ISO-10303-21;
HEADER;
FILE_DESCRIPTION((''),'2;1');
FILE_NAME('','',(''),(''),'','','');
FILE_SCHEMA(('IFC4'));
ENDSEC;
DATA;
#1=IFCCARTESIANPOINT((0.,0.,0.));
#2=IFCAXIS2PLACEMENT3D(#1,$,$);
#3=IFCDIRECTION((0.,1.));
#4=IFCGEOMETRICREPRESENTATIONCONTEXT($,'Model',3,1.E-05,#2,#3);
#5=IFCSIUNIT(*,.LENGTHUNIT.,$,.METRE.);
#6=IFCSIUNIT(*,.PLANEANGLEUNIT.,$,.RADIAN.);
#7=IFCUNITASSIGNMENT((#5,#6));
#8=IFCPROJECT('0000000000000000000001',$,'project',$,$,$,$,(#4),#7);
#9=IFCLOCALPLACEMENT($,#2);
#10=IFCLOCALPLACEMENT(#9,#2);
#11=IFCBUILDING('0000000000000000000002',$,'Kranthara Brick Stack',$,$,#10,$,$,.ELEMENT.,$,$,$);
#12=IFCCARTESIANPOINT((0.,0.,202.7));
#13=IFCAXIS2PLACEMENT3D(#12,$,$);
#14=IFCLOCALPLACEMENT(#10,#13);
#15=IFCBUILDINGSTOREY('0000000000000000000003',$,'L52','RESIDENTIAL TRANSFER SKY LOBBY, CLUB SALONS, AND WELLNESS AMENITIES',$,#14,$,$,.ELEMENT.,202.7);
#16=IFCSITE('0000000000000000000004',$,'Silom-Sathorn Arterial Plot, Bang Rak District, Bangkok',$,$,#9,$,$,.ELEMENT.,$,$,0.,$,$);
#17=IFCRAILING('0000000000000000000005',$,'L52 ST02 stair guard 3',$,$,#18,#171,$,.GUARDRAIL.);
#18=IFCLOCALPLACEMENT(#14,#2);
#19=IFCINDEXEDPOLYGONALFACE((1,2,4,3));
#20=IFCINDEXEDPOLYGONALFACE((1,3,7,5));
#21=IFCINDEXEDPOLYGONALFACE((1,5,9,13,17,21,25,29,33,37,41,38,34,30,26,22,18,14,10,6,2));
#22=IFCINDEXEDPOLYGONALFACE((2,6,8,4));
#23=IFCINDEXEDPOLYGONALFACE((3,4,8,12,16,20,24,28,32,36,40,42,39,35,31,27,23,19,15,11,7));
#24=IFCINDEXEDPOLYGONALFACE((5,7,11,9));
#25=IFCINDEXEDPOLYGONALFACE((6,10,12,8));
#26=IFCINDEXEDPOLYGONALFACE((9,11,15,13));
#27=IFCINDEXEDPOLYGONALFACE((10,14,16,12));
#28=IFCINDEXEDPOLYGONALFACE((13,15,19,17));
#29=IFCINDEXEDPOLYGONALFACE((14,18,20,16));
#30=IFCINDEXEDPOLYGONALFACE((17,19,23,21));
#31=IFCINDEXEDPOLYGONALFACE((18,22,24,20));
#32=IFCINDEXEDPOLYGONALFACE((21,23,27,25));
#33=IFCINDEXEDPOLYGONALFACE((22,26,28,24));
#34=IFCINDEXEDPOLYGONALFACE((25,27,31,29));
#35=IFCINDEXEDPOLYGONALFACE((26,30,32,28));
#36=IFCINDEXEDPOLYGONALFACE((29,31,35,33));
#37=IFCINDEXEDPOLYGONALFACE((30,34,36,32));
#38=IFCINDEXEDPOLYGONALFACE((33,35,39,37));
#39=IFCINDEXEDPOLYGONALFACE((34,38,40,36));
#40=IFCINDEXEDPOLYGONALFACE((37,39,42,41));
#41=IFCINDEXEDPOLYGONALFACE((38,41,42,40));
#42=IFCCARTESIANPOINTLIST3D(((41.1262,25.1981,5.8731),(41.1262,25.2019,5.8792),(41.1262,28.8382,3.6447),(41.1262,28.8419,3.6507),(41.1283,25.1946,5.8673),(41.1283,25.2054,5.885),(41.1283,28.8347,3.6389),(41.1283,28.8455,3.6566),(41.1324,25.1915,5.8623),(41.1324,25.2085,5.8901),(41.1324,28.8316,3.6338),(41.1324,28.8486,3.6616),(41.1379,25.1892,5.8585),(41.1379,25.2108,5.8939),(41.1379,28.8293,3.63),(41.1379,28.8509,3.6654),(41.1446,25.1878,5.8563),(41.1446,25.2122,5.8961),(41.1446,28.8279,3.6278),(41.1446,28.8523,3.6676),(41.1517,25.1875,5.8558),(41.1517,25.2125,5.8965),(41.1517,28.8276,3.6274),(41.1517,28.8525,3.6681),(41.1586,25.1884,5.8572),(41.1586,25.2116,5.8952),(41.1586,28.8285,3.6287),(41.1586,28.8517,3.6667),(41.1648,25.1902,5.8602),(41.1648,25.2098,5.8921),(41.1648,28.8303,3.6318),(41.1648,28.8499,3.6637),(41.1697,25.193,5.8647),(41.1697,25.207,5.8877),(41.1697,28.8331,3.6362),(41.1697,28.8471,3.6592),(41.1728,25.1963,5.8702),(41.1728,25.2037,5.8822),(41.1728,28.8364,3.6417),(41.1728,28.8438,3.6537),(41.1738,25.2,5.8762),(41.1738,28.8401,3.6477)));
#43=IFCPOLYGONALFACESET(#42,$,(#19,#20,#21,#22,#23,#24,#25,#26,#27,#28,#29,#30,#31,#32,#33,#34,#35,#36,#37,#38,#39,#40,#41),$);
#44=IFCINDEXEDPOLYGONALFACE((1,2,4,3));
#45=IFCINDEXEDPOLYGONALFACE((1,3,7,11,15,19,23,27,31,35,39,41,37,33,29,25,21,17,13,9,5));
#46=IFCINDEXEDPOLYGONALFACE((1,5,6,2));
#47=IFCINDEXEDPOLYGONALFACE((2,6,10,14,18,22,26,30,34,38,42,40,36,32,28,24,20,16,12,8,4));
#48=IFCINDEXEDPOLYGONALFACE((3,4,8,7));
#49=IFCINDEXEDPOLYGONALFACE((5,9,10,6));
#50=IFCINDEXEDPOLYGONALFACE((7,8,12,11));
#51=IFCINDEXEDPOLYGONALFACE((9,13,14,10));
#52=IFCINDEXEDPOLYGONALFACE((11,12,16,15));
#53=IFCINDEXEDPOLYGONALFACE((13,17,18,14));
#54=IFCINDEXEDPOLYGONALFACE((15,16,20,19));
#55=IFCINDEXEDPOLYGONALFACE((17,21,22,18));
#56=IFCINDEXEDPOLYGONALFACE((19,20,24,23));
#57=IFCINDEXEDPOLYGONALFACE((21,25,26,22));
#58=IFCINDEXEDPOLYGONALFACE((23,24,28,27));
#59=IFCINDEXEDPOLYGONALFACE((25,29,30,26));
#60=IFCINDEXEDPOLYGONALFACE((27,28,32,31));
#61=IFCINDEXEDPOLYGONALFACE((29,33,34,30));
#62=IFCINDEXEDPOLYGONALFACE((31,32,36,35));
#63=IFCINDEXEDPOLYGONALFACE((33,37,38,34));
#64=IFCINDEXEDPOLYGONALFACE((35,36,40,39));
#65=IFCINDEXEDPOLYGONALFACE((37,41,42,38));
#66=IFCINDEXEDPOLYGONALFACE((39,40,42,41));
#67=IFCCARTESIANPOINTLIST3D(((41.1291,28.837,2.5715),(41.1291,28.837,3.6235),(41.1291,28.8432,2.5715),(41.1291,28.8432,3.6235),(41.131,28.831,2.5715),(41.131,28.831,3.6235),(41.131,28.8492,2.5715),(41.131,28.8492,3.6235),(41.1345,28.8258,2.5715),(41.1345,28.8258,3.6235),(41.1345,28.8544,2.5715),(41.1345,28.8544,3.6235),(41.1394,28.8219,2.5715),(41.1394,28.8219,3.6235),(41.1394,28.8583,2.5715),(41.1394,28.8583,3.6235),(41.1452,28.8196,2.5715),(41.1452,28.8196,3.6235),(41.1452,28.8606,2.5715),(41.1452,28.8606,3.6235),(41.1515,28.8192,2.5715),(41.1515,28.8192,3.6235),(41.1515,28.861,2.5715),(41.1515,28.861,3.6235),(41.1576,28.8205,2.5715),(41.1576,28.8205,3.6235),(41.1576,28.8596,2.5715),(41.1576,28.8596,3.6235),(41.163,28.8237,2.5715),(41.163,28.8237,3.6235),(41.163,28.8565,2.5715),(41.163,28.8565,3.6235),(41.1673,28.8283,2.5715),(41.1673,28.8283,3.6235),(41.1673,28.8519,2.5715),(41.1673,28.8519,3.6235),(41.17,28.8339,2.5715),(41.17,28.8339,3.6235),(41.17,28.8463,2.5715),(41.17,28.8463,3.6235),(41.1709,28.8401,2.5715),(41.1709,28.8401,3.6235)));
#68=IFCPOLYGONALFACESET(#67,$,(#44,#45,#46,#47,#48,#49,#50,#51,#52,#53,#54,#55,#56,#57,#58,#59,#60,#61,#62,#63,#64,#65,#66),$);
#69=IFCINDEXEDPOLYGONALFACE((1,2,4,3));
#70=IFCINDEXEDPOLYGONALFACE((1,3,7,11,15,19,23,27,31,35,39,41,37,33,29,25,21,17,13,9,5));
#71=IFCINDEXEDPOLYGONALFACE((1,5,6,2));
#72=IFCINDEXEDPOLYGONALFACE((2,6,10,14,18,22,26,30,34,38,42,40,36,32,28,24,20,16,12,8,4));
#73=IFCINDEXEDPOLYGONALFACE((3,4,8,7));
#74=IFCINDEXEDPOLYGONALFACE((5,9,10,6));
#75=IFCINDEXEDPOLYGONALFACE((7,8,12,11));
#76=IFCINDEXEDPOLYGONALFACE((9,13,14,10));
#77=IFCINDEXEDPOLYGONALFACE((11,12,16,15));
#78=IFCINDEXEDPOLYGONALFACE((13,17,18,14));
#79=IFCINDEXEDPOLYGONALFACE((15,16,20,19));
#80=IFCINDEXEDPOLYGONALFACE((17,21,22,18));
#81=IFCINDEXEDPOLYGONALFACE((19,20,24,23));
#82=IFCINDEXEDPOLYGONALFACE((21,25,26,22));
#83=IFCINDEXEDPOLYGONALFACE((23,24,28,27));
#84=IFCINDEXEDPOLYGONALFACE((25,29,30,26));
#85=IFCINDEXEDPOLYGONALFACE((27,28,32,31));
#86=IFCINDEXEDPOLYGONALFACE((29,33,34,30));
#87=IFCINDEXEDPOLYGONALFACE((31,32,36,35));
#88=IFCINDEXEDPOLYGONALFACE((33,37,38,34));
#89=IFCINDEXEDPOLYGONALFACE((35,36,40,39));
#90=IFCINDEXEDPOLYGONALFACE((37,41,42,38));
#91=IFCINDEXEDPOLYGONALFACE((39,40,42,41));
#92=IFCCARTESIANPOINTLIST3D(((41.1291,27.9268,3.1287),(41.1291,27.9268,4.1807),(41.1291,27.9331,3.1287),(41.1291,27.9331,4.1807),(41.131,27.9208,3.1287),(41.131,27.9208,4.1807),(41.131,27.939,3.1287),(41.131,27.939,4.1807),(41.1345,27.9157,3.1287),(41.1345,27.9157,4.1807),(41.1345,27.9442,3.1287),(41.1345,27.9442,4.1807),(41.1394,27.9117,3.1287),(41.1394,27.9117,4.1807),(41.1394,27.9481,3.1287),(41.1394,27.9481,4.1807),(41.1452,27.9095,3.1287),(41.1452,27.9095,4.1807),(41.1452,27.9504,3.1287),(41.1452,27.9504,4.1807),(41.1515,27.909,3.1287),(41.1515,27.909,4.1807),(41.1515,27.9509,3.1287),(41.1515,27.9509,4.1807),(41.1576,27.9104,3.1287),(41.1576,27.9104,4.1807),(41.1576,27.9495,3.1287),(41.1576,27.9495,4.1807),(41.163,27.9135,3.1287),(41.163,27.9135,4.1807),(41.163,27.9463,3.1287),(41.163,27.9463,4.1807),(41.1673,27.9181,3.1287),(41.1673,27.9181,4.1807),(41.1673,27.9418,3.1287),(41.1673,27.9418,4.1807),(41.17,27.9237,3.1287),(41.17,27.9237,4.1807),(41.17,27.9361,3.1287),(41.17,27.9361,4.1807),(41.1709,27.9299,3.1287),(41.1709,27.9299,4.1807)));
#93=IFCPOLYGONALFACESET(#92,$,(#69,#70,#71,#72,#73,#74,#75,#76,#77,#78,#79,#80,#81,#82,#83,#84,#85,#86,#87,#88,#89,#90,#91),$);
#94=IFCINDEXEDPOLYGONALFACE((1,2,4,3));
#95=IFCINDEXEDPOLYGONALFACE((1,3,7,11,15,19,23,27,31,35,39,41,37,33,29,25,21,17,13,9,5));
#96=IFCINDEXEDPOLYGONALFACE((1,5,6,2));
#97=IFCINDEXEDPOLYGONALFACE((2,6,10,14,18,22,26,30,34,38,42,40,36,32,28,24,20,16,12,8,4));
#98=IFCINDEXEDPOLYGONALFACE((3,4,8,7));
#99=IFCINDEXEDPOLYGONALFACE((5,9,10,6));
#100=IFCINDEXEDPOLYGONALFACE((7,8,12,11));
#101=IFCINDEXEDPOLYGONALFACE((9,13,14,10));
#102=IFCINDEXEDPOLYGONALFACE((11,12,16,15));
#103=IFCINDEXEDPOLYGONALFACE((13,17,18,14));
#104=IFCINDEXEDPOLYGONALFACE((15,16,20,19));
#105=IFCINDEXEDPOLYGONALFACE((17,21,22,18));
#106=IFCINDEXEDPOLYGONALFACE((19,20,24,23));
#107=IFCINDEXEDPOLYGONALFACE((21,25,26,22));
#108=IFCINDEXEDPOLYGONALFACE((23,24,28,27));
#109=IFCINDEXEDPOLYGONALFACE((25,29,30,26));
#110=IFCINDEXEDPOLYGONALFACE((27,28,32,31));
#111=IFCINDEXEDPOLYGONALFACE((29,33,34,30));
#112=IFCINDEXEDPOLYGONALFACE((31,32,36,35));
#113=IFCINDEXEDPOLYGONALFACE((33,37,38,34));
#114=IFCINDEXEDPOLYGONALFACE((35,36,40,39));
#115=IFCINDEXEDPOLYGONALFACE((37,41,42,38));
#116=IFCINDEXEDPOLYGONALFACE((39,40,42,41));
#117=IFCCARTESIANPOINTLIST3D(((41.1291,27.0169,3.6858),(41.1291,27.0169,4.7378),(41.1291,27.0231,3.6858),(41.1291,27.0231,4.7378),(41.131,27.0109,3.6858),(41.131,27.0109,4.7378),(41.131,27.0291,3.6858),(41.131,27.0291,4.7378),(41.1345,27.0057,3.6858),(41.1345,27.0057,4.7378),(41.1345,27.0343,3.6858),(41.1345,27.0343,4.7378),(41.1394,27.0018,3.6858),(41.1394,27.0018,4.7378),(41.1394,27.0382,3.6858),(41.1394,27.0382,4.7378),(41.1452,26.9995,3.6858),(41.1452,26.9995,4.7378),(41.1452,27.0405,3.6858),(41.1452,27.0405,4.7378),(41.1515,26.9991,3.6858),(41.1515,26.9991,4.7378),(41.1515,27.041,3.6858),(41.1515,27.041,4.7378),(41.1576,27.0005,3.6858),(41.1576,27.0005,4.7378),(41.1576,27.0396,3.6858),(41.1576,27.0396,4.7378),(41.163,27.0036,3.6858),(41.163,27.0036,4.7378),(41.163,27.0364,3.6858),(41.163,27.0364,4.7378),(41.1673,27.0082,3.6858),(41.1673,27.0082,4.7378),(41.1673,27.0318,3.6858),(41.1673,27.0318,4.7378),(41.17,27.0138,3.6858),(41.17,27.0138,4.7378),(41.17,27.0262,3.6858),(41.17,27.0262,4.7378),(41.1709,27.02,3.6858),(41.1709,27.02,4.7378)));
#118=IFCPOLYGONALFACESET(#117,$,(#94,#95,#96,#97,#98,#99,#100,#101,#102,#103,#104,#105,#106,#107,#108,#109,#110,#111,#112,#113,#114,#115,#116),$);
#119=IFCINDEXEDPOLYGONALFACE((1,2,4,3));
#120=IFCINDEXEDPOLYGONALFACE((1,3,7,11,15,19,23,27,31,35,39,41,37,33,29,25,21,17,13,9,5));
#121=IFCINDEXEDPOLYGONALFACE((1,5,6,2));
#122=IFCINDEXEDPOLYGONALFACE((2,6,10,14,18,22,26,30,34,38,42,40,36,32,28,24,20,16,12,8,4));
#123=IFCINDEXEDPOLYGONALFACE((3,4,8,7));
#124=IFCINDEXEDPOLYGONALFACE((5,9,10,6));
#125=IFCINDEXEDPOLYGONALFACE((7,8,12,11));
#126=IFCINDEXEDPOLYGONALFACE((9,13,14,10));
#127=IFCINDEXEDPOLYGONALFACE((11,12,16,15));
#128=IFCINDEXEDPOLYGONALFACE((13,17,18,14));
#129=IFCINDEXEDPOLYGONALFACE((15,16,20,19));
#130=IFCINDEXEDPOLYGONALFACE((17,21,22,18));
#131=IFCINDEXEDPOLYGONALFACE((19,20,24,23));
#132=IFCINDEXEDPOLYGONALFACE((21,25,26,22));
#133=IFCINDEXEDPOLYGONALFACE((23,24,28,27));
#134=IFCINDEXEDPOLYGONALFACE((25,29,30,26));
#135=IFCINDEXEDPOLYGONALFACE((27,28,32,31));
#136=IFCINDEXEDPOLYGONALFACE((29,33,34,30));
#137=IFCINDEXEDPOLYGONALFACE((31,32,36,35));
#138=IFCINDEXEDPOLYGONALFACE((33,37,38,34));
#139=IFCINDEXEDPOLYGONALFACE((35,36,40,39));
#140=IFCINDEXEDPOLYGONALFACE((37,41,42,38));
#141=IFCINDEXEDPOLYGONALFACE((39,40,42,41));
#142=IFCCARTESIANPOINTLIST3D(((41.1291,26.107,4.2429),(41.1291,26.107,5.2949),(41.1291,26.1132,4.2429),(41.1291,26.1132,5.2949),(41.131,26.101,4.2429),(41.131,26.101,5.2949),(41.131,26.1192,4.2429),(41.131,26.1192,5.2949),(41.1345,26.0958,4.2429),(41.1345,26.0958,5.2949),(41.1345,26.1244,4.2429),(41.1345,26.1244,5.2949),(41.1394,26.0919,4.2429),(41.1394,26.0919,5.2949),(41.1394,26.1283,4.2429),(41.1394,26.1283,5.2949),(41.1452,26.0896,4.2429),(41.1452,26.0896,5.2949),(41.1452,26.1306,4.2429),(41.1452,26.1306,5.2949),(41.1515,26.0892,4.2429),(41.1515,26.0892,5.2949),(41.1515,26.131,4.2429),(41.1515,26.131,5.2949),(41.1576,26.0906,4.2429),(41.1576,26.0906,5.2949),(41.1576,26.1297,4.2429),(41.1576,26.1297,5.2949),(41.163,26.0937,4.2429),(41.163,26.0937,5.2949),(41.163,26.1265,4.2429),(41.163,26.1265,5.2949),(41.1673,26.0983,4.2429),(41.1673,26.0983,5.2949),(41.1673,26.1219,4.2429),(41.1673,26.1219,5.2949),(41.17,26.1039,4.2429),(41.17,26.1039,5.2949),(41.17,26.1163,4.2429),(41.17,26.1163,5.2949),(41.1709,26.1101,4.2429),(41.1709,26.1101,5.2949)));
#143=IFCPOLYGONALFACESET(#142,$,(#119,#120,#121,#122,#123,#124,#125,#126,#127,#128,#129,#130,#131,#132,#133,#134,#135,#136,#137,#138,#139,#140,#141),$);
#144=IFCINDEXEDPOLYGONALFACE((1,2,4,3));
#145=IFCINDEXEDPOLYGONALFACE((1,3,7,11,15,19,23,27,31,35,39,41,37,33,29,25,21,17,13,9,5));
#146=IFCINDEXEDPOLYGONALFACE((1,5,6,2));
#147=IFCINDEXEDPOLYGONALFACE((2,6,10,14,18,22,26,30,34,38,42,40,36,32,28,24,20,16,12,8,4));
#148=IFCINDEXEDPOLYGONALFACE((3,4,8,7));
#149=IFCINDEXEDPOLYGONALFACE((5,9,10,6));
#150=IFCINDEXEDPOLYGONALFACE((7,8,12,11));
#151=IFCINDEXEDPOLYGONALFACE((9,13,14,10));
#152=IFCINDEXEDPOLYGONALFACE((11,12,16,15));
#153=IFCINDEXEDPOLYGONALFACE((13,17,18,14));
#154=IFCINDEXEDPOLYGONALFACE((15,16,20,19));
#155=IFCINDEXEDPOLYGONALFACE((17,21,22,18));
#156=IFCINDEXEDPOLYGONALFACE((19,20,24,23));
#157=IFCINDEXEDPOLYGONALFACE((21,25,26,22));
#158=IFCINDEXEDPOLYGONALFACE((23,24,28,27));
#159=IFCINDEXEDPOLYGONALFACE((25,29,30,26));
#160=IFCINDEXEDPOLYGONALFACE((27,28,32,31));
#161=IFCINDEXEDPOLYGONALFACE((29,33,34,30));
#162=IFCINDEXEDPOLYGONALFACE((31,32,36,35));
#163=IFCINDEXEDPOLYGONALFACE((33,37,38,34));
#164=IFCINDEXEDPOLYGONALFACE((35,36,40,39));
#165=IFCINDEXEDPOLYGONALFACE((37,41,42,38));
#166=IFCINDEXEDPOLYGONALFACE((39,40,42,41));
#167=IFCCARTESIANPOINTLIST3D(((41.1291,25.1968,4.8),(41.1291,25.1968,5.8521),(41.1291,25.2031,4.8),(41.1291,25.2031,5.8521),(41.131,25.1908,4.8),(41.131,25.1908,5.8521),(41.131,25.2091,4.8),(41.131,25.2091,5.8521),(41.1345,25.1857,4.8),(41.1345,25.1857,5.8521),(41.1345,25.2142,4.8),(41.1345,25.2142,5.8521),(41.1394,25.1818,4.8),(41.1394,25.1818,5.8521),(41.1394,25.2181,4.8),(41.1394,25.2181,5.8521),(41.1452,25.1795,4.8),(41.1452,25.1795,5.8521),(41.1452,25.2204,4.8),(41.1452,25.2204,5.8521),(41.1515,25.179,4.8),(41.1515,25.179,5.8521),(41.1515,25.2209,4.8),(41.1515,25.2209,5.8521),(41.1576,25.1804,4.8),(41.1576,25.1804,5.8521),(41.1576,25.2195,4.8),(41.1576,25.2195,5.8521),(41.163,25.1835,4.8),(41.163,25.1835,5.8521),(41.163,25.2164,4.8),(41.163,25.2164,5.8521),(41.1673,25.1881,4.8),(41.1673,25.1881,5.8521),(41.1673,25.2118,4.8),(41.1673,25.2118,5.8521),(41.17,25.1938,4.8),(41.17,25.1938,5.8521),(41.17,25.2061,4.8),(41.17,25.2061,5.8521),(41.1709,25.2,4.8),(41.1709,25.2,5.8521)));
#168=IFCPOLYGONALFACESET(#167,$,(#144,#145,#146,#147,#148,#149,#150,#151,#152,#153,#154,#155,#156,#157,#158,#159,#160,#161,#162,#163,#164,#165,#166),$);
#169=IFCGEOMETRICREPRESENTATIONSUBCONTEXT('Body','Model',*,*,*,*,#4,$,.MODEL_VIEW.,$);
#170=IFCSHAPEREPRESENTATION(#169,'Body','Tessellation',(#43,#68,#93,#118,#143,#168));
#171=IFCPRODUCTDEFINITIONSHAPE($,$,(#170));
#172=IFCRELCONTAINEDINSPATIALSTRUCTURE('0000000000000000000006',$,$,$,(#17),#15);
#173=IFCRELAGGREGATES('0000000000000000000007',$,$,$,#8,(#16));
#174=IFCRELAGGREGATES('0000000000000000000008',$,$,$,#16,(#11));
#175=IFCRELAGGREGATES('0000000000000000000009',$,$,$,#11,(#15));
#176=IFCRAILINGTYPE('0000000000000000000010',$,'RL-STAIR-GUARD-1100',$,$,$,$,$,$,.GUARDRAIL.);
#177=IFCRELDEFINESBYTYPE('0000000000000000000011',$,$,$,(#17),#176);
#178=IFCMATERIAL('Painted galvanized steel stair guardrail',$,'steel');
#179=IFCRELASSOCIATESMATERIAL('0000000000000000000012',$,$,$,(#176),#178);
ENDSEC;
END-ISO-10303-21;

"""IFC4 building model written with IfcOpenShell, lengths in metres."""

from ifc_helpers import new_model, si_unit, direction, frame, origin, origin_2d, place, context, subcontext, project, spatial, circle, extrude, material, type_object, element, save


model = new_model("IFC4")

# Units and contexts
model_context = context("Model", 3, precision=1e-05, world=origin(), true_north=direction((0.0, 1.0)))
body_context = subcontext(model_context, "Body", "Model", "MODEL_VIEW")
ifc_project = project(units=[si_unit("LENGTHUNIT", "METRE"), si_unit("PLANEANGLEUNIT", "RADIAN")], contexts=[model_context])

# Site, building, storey
site_placement = place(None, origin())
site = spatial("IfcSite", under=ifc_project, at=site_placement, Name="Silom-Sathorn Arterial Plot, Bang Rak District, Bangkok", CompositionType="ELEMENT", RefElevation=0.0)
building_placement = place(site_placement, origin())
building = spatial("IfcBuilding", under=site, at=building_placement, Name="Kranthara Brick Stack", CompositionType="ELEMENT")
storey_placement = place(building_placement, frame((0.0, 0.0, 202.7)))
storey = spatial("IfcBuildingStorey", under=building, at=storey_placement, Name="L52", Description="RESIDENTIAL TRANSFER SKY LOBBY, CLUB SALONS, AND WELLNESS AMENITIES", CompositionType="ELEMENT", Elevation=202.7)

# Railing
ifc_material_1 = material(Name="Painted galvanized steel stair guardrail", Category="steel")
railing_type_1 = type_object("IfcRailingType", Name="RL-STAIR-GUARD-1100", PredefinedType="GUARDRAIL", material=ifc_material_1)
railing_1_placement = place(storey_placement, frame((41.1499, 28.8401, 2.5715)))
element("IfcRailing", 1, at=railing_1_placement, inside=storey, type_object=railing_type_1, Name="L52 ST02 stair guard 3", PredefinedType="GUARDRAIL", context=body_context, shape_type="SweptSolid", body=[
    extrude(circle(Radius=0.0239, at=origin_2d()), frame((0.0, 0.0, 1.0762), z_axis=(0.0, -0.852866, 0.52213), x_axis=(1.0, 0.0, 0.0)), (0.0, 0.0, 1.0), 4.2681),
    extrude(circle(Radius=0.021, at=origin_2d()), origin(), (0.0, 0.0, 1.0), 1.052),
    extrude(circle(Radius=0.021, at=origin_2d()), frame((0.0, -0.9102, 0.5571)), (0.0, 0.0, 1.0), 1.052),
    extrude(circle(Radius=0.021, at=origin_2d()), frame((0.0, -1.8201, 1.1143)), (0.0, 0.0, 1.0), 1.052),
    extrude(circle(Radius=0.021, at=origin_2d()), frame((0.0, -2.73, 1.6714)), (0.0, 0.0, 1.0), 1.052),
    extrude(circle(Radius=0.021, at=origin_2d()), frame((0.0, -3.6401, 2.2285)), (0.0, 0.0, 1.0), 1.052),
])

save(model, "model.ifc")
